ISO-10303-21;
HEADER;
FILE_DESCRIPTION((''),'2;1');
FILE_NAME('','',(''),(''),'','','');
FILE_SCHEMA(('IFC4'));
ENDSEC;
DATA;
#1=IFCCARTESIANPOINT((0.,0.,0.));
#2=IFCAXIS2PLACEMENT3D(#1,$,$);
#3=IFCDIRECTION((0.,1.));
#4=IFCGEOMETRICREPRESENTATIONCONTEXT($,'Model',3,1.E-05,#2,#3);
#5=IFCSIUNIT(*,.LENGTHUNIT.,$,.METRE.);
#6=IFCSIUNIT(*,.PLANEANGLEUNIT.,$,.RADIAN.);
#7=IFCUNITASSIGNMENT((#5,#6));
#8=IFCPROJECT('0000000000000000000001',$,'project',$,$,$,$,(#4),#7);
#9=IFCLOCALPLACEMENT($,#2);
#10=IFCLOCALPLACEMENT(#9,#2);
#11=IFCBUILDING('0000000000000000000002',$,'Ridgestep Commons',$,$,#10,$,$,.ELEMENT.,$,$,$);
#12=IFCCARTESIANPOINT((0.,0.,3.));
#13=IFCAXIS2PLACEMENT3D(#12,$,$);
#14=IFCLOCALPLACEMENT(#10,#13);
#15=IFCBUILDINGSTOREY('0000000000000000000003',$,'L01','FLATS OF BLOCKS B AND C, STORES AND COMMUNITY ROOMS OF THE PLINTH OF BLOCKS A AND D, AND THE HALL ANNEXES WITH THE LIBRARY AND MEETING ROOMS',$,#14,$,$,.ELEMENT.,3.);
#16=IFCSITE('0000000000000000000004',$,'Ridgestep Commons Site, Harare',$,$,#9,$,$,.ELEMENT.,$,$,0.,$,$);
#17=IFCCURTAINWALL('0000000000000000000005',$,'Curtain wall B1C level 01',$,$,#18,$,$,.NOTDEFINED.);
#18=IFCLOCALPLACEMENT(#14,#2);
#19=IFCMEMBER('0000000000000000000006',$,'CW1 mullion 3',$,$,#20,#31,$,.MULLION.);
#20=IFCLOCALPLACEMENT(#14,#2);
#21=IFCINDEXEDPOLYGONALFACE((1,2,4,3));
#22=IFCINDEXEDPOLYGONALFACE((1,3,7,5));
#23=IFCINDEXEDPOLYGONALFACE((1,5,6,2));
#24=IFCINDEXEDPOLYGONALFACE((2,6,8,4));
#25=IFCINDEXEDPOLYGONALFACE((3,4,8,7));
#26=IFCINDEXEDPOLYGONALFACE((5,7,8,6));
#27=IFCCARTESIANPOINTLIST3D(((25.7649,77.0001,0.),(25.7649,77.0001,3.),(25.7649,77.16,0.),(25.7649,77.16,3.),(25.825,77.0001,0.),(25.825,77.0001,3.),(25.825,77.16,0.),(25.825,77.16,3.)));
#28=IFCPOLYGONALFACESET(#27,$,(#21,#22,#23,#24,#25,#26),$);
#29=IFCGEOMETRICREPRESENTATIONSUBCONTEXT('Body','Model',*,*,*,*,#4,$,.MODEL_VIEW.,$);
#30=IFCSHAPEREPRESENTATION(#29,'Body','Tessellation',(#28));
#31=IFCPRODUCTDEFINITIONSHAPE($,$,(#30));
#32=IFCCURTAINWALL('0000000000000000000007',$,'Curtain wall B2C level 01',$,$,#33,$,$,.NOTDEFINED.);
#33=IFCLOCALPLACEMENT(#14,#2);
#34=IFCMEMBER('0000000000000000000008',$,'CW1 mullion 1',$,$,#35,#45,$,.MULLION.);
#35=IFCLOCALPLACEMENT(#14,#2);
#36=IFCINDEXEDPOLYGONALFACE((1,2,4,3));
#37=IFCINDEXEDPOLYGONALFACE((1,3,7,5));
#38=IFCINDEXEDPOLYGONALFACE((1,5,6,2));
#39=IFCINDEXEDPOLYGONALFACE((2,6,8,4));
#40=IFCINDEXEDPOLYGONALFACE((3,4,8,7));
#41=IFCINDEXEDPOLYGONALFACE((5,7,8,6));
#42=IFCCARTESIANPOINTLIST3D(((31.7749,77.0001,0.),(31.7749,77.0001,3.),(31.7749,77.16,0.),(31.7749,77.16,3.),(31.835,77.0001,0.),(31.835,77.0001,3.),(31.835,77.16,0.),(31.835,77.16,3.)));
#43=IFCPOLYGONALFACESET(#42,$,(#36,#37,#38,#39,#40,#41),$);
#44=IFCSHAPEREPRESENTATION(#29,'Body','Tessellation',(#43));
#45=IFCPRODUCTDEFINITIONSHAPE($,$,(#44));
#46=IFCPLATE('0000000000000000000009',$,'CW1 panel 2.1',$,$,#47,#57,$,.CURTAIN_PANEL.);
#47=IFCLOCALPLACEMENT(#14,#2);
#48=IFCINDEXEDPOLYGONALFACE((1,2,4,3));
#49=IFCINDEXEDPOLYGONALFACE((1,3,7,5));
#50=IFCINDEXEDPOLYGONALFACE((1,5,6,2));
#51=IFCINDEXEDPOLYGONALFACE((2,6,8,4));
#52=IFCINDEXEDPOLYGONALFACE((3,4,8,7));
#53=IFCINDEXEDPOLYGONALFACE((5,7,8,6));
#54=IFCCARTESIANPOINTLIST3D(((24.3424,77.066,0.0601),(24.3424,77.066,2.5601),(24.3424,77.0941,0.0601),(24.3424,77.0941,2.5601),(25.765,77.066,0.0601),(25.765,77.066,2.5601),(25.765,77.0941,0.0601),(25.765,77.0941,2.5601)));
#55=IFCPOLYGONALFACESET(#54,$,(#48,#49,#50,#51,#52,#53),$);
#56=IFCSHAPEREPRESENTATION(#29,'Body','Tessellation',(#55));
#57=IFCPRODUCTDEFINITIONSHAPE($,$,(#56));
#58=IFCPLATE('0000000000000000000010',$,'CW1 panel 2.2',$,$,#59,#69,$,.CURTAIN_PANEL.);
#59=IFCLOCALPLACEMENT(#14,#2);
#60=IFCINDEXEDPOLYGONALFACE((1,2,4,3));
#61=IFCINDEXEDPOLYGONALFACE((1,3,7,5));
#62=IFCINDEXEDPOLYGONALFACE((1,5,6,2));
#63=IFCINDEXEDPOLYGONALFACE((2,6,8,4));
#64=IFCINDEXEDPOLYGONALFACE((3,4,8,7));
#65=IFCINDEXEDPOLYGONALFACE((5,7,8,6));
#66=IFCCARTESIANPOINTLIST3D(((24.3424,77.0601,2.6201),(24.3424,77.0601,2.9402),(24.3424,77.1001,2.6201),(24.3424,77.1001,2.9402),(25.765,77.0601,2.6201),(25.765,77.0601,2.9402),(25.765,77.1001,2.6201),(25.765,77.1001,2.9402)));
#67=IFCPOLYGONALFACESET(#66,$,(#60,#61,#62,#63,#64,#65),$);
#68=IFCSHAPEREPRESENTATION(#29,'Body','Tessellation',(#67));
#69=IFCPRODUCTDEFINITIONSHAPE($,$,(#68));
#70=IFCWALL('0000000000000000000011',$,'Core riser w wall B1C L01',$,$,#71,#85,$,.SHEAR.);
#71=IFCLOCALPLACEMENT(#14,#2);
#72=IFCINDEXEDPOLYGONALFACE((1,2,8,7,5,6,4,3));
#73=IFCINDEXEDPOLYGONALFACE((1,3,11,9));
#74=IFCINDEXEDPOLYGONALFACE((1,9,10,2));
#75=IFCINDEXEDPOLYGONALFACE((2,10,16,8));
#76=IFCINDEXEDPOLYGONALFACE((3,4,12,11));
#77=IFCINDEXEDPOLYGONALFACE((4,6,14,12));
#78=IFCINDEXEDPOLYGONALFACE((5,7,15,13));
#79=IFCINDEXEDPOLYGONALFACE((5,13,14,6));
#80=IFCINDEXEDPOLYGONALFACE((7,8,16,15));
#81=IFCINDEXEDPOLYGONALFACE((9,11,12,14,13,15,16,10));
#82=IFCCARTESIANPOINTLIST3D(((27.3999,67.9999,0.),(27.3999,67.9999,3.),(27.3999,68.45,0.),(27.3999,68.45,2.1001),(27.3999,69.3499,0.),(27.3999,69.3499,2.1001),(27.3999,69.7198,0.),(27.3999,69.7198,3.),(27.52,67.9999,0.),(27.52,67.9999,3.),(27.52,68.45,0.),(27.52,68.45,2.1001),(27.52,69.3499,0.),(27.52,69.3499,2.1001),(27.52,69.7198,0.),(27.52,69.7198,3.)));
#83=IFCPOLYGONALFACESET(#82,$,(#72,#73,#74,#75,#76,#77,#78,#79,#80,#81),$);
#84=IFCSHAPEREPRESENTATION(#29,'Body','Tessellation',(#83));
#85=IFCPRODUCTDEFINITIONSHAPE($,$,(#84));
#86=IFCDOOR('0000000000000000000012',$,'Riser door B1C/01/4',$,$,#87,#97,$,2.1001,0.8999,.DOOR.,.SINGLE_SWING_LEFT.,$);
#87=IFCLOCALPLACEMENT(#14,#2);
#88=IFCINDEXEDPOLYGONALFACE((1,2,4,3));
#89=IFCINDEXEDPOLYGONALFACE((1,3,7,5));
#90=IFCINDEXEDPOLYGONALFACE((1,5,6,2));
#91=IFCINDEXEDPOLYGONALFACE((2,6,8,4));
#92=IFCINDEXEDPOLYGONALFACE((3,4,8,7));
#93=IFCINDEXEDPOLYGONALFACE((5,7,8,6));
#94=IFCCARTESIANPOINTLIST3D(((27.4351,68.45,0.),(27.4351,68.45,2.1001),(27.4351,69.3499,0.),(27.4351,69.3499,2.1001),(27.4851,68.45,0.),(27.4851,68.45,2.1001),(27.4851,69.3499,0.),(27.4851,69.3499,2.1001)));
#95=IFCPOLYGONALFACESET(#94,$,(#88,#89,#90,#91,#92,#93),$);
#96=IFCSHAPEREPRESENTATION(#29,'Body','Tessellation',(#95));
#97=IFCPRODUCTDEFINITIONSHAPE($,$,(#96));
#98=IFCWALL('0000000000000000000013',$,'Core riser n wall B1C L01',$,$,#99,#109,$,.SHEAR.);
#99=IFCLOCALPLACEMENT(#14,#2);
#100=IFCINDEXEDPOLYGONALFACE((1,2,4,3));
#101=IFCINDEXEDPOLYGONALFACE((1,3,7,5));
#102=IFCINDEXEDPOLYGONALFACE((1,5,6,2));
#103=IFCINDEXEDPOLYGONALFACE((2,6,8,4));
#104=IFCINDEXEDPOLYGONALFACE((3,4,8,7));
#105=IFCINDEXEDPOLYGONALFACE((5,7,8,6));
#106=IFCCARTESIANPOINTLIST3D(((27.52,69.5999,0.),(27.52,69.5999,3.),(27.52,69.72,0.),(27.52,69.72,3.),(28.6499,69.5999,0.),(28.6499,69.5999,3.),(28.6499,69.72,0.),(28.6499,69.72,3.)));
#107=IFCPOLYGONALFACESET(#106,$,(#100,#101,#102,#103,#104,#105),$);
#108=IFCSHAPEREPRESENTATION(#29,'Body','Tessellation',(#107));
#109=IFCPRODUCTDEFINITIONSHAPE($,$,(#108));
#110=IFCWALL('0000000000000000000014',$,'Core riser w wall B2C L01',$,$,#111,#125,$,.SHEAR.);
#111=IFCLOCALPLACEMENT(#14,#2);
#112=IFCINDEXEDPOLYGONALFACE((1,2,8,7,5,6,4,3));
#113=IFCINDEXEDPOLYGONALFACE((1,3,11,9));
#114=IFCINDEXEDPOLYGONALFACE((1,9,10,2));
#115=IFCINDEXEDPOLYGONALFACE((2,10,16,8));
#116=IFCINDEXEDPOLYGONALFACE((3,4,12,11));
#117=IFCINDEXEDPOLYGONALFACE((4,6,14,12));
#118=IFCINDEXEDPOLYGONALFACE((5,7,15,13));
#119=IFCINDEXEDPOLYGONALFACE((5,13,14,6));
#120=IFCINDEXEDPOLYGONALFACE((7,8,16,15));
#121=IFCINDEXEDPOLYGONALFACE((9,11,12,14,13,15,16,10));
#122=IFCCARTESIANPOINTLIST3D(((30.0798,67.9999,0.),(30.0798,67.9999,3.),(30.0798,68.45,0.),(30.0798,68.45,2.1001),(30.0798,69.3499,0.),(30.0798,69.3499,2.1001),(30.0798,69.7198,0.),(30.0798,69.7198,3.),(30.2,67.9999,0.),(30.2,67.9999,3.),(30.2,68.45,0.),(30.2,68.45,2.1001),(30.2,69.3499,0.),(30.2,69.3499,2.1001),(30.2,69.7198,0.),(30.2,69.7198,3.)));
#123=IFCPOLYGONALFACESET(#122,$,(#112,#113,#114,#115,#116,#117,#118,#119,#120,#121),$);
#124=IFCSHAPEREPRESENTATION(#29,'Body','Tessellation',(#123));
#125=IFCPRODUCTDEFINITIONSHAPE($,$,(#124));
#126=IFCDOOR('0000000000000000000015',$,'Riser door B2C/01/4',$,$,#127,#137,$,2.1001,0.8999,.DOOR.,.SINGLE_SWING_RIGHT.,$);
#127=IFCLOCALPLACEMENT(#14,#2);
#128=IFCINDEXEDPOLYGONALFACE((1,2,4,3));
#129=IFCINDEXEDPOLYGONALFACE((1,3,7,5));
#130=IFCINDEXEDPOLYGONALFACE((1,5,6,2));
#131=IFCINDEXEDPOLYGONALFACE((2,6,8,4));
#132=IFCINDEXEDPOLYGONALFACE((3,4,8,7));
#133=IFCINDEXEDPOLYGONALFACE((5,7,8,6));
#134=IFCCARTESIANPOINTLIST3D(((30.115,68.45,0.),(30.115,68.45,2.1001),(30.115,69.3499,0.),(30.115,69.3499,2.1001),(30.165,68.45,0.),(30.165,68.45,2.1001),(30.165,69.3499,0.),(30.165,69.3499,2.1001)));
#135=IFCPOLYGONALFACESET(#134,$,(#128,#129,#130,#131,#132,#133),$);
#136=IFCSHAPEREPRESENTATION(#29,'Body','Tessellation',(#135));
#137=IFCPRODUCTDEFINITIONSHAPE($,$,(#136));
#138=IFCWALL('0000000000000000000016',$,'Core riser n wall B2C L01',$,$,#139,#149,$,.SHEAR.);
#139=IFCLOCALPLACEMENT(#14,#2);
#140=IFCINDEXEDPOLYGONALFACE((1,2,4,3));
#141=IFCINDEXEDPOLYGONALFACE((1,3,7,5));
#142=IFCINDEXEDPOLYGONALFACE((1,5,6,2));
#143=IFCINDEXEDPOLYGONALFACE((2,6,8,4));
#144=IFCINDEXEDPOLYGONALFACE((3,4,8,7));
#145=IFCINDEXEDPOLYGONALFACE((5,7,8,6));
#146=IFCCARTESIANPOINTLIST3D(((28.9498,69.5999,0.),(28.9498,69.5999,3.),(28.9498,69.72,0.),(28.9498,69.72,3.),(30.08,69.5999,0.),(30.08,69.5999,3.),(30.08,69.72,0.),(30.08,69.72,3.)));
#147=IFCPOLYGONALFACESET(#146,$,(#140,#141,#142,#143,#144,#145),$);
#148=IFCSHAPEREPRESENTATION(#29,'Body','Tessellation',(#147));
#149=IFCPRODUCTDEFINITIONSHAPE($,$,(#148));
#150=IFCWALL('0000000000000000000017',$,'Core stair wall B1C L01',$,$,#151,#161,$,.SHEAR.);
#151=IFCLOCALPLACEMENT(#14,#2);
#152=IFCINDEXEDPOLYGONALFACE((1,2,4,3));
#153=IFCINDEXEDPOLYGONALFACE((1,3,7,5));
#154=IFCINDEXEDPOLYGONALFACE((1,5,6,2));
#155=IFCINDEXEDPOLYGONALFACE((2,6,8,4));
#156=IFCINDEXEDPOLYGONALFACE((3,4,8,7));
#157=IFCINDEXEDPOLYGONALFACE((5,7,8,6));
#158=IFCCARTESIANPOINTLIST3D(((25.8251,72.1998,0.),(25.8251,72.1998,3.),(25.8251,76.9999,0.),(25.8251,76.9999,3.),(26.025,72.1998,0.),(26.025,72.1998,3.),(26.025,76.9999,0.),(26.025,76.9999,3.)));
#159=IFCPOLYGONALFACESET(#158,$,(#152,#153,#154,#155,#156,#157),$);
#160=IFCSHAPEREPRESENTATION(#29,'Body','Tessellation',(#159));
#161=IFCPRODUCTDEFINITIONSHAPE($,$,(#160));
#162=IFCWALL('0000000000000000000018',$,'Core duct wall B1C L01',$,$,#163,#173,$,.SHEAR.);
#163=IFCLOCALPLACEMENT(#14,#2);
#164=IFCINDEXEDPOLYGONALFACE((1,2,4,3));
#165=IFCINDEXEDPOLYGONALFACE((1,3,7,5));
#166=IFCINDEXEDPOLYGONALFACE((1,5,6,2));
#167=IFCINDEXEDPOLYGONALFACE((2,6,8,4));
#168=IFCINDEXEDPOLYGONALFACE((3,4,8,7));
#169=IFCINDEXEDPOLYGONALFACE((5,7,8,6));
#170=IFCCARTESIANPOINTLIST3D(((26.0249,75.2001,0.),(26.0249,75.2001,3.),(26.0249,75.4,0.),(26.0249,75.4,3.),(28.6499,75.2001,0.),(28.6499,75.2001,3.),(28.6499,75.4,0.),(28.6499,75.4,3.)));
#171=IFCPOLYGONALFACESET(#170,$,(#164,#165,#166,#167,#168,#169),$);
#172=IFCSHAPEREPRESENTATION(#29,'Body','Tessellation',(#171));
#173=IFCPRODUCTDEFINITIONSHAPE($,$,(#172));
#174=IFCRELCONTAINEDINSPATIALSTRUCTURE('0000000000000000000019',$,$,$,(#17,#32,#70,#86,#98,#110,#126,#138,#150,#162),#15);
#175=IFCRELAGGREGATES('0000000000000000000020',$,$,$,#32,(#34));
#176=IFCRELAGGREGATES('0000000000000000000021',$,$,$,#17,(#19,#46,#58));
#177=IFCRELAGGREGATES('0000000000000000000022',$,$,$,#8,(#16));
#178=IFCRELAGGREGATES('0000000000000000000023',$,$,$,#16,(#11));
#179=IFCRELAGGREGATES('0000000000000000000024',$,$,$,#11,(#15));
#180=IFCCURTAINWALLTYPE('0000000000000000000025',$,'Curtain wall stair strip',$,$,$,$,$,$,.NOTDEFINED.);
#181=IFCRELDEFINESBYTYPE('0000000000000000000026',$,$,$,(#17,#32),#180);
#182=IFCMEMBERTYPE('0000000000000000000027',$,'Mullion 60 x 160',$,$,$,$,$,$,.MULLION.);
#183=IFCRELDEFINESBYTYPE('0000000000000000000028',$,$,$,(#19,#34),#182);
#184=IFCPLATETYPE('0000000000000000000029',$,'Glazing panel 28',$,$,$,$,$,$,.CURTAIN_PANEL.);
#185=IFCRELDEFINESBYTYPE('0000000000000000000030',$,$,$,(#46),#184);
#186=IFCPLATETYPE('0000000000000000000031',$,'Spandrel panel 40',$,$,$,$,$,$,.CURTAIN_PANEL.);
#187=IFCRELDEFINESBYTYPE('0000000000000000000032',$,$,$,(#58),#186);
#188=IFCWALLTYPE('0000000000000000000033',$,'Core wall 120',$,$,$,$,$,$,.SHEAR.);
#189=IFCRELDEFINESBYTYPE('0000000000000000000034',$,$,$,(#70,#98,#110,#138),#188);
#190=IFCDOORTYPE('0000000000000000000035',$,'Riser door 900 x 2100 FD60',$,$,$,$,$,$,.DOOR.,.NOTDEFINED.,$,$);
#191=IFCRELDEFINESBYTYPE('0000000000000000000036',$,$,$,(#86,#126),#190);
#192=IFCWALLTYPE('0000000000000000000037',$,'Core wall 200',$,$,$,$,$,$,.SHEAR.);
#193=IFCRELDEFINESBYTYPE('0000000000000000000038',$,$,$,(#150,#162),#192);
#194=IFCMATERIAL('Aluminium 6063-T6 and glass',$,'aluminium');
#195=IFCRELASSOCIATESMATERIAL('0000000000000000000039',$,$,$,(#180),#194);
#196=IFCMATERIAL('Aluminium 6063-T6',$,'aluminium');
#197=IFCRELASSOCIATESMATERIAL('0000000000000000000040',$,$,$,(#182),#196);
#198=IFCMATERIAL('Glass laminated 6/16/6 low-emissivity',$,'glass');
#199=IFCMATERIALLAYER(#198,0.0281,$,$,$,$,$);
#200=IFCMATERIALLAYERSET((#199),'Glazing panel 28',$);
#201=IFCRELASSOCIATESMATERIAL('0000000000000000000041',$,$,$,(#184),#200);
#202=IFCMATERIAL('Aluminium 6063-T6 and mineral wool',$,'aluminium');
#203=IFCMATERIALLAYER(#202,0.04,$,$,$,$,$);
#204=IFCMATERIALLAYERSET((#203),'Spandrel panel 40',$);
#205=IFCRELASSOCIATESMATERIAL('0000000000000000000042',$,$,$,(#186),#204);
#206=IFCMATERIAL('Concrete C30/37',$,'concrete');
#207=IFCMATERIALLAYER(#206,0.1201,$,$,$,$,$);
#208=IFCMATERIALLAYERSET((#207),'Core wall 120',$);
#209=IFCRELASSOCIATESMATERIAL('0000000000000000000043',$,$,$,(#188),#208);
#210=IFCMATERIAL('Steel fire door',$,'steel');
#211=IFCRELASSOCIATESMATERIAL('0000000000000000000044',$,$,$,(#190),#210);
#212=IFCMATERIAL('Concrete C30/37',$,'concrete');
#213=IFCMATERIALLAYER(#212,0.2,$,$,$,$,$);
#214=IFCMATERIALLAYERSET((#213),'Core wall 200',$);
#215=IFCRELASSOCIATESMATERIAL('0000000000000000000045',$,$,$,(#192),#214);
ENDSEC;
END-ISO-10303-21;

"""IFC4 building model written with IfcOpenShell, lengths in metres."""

from ifc_helpers import new_model, si_unit, direction, frame, frame_2d, origin, origin_2d, place, context, subcontext, project, spatial, rectangle, extrude, material, layer, layer_set, material_profile, profile_set, type_object, element, fill, aggregate, save


model = new_model("IFC4")

# Units and contexts
model_context = context("Model", 3, precision=1e-05, world=origin(), true_north=direction((0.0, 1.0)))
body_context = subcontext(model_context, "Body", "Model", "MODEL_VIEW")
ifc_project = project(units=[si_unit("LENGTHUNIT", "METRE"), si_unit("PLANEANGLEUNIT", "RADIAN")], contexts=[model_context])

# Site, building, storey
site_placement = place(None, origin())
site = spatial("IfcSite", under=ifc_project, at=site_placement, Name="Ridgestep Commons Site, Harare", CompositionType="ELEMENT", RefElevation=0.0)
building_placement = place(site_placement, origin())
building = spatial("IfcBuilding", under=site, at=building_placement, Name="Ridgestep Commons", CompositionType="ELEMENT")
storey_placement = place(building_placement, frame((0.0, 0.0, 3.0)))
storey = spatial("IfcBuildingStorey", under=building, at=storey_placement, Name="L01", Description="FLATS OF BLOCKS B AND C, STORES AND COMMUNITY ROOMS OF THE PLINTH OF BLOCKS A AND D, AND THE HALL ANNEXES WITH THE LIBRARY AND MEETING ROOMS", CompositionType="ELEMENT", Elevation=3.0)

# Curtain walls, members
ifc_material_1 = material(Name="Aluminium 6063-T6 and glass", Category="aluminium")
curtain_wall_type = type_object("IfcCurtainWallType", Name="Curtain wall stair strip", PredefinedType="NOTDEFINED", material=ifc_material_1)
curtain_wall_1_placement = place(storey_placement, origin())
curtain_wall_1 = element("IfcCurtainWall", 1, at=curtain_wall_1_placement, inside=storey, type_object=curtain_wall_type, Name="Curtain wall B1C level 01", PredefinedType="NOTDEFINED")
ifc_material_2 = material(Name="Aluminium 6063-T6", Category="aluminium")
ifc_material_profile = material_profile(ifc_material_2, rectangle(XDim=0.1599, YDim=0.0601, at=origin_2d()), Name="Mullion 60 x 160")
ifc_profile_set = profile_set([ifc_material_profile], Name="Aluminium 6063-T6")
member_type = type_object("IfcMemberType", Name="Mullion 60 x 160", PredefinedType="MULLION", material=ifc_profile_set)
member_1_placement = place(storey_placement, frame((25.7949, 77.0801, 0.0), z_axis=(0.0, 0.0, 1.0), x_axis=(0.0, 1.0, 0.0)))
member_1 = element("IfcMember", 2, at=member_1_placement, type_object=member_type, Name="CW1 mullion 3", PredefinedType="MULLION", context=body_context, shape_type="SweptSolid", body=[
    extrude(rectangle(XDim=0.1599, YDim=0.0601, at=origin_2d()), origin(), (0.0, 0.0, 1.0), 3.0),
])
curtain_wall_2_placement = place(storey_placement, origin())
curtain_wall_2 = element("IfcCurtainWall", 3, at=curtain_wall_2_placement, inside=storey, type_object=curtain_wall_type, Name="Curtain wall B2C level 01", PredefinedType="NOTDEFINED")
member_2_placement = place(storey_placement, frame((31.8049, 77.0801, 0.0), z_axis=(0.0, 0.0, 1.0), x_axis=(0.0, 1.0, 0.0)))
member_2 = element("IfcMember", 4, at=member_2_placement, type_object=member_type, Name="CW1 mullion 1", PredefinedType="MULLION", context=body_context, shape_type="SweptSolid", body=[
    extrude(rectangle(XDim=0.1599, YDim=0.0601, at=origin_2d()), origin(), (0.0, 0.0, 1.0), 3.0),
])
aggregate(curtain_wall_2, [member_2])

# Plates
ifc_material_3 = material(Name="Glass laminated 6/16/6 low-emissivity", Category="glass")
ifc_layer_1 = layer(ifc_material_3, 0.0281)
ifc_layer_set_1 = layer_set([ifc_layer_1], Name="Glazing panel 28")
plate_type_1 = type_object("IfcPlateType", Name="Glazing panel 28", PredefinedType="CURTAIN_PANEL", material=ifc_layer_set_1)
plate_1_placement = place(storey_placement, frame((25.0537, 77.0801, 0.0601), z_axis=(0.0, 0.0, 1.0), x_axis=(1.0, 0.0, 0.0)))
plate_1 = element("IfcPlate", 5, at=plate_1_placement, type_object=plate_type_1, Name="CW1 panel 2.1", PredefinedType="CURTAIN_PANEL", context=body_context, shape_type="SweptSolid", body=[
    extrude(rectangle(XDim=1.4226, YDim=0.0281, at=origin_2d()), origin(), (0.0, 0.0, 1.0), 2.5),
])
ifc_material_4 = material(Name="Aluminium 6063-T6 and mineral wool", Category="aluminium")
ifc_layer_2 = layer(ifc_material_4, 0.04)
ifc_layer_set_2 = layer_set([ifc_layer_2], Name="Spandrel panel 40")
plate_type_2 = type_object("IfcPlateType", Name="Spandrel panel 40", PredefinedType="CURTAIN_PANEL", material=ifc_layer_set_2)
plate_2_placement = place(storey_placement, frame((25.0537, 77.0801, 2.6201), z_axis=(0.0, 0.0, 1.0), x_axis=(1.0, 0.0, 0.0)))
plate_2 = element("IfcPlate", 6, at=plate_2_placement, type_object=plate_type_2, Name="CW1 panel 2.2", PredefinedType="CURTAIN_PANEL", context=body_context, shape_type="SweptSolid", body=[
    extrude(rectangle(XDim=1.4226, YDim=0.04, at=origin_2d()), origin(), (0.0, 0.0, 1.0), 0.3201),
])
aggregate(curtain_wall_1, [member_1, plate_1, plate_2])

# Wall, opening, door
ifc_material_5 = material(Name="Concrete C30/37", Category="concrete")
ifc_layer_3 = layer(ifc_material_5, 0.1201)
ifc_layer_set_3 = layer_set([ifc_layer_3], Name="Core wall 120")
wall_type_1 = type_object("IfcWallType", Name="Core wall 120", PredefinedType="SHEAR", material=ifc_layer_set_3)
wall_1_placement = place(storey_placement, frame((27.46, 68.0, 0.0), z_axis=(0.0, 0.0, 1.0), x_axis=(0.0, 1.0, 0.0)))
wall_1 = element("IfcWall", 7, at=wall_1_placement, inside=storey, type_object=wall_type_1, Name="Core riser w wall B1C L01", PredefinedType="SHEAR", context=body_context, shape_type="SweptSolid", body=[
    extrude(rectangle(XDim=1.72, YDim=0.1201, at=frame_2d((0.8599, 0.0))), origin(), (0.0, 0.0, 1.0), 3.0),
])
opening_1_placement = place(wall_1_placement, frame((0.45, 0.0, 0.0)))
opening_1 = element("IfcOpeningElement", 8, at=opening_1_placement, cuts=wall_1, PredefinedType="OPENING", context=body_context, shape_type="SweptSolid", body=[
    extrude(rectangle(XDim=0.8999, YDim=2.1001, at=frame_2d((0.45, 1.05))), frame((0.0, 0.0701, 0.0), z_axis=(0.0, -1.0, 0.0), x_axis=(1.0, 0.0, 0.0)), (0.0, 0.0, 1.0), 0.1401),
])
ifc_material_6 = material(Name="Steel fire door", Category="steel")
door_type_1 = type_object("IfcDoorType", Name="Riser door 900 x 2100 FD60", OperationType="NOTDEFINED", PredefinedType="DOOR", material=ifc_material_6)
door_1_placement = place(opening_1_placement, origin())
door_1 = element("IfcDoor", 9, at=door_1_placement, inside=storey, type_object=door_type_1, Name="Riser door B1C/01/4", OperationType="SINGLE_SWING_LEFT", OverallHeight=2.1001, OverallWidth=0.8999, PredefinedType="DOOR", context=body_context, shape_type="SweptSolid", body=[
    extrude(rectangle(XDim=0.8999, YDim=2.1001, at=frame_2d((0.45, 1.05))), frame((0.0, 0.0249, 0.0), z_axis=(0.0, -1.0, 0.0), x_axis=(1.0, 0.0, 0.0)), (0.0, 0.0, 1.0), 0.05),
])
fill(opening_1, door_1)

# Wall
wall_2_placement = place(storey_placement, frame((27.52, 69.6599, 0.0), z_axis=(0.0, 0.0, 1.0), x_axis=(1.0, 0.0, 0.0)))
element("IfcWall", 10, at=wall_2_placement, inside=storey, type_object=wall_type_1, Name="Core riser n wall B1C L01", PredefinedType="SHEAR", context=body_context, shape_type="SweptSolid", body=[
    extrude(rectangle(XDim=1.1299, YDim=0.1201, at=frame_2d((0.5649, 0.0))), origin(), (0.0, 0.0, 1.0), 3.0),
])

# Wall, opening, door
wall_3_placement = place(storey_placement, frame((30.1399, 68.0, 0.0), z_axis=(0.0, 0.0, 1.0), x_axis=(0.0, 1.0, 0.0)))
wall_3 = element("IfcWall", 11, at=wall_3_placement, inside=storey, type_object=wall_type_1, Name="Core riser w wall B2C L01", PredefinedType="SHEAR", context=body_context, shape_type="SweptSolid", body=[
    extrude(rectangle(XDim=1.72, YDim=0.1201, at=frame_2d((0.8599, 0.0))), origin(), (0.0, 0.0, 1.0), 3.0),
])
opening_2_placement = place(wall_3_placement, frame((0.45, 0.0, 0.0)))
opening_2 = element("IfcOpeningElement", 12, at=opening_2_placement, cuts=wall_3, PredefinedType="OPENING", context=body_context, shape_type="SweptSolid", body=[
    extrude(rectangle(XDim=0.8999, YDim=2.1001, at=frame_2d((0.45, 1.05))), frame((0.0, 0.0701, 0.0), z_axis=(0.0, -1.0, 0.0), x_axis=(1.0, 0.0, 0.0)), (0.0, 0.0, 1.0), 0.1401),
])
door_2_placement = place(opening_2_placement, origin())
door_2 = element("IfcDoor", 13, at=door_2_placement, inside=storey, type_object=door_type_1, Name="Riser door B2C/01/4", OperationType="SINGLE_SWING_RIGHT", OverallHeight=2.1001, OverallWidth=0.8999, PredefinedType="DOOR", context=body_context, shape_type="SweptSolid", body=[
    extrude(rectangle(XDim=0.8999, YDim=2.1001, at=frame_2d((0.45, 1.05))), frame((0.0, 0.0249, 0.0), z_axis=(0.0, -1.0, 0.0), x_axis=(1.0, 0.0, 0.0)), (0.0, 0.0, 1.0), 0.05),
])
fill(opening_2, door_2)

# Walls
wall_4_placement = place(storey_placement, frame((28.95, 69.6599, 0.0), z_axis=(0.0, 0.0, 1.0), x_axis=(1.0, 0.0, 0.0)))
element("IfcWall", 14, at=wall_4_placement, inside=storey, type_object=wall_type_1, Name="Core riser n wall B2C L01", PredefinedType="SHEAR", context=body_context, shape_type="SweptSolid", body=[
    extrude(rectangle(XDim=1.1301, YDim=0.1201, at=frame_2d((0.5649, 0.0))), origin(), (0.0, 0.0, 1.0), 3.0),
])
ifc_material_7 = material(Name="Concrete C30/37", Category="concrete")
ifc_layer_4 = layer(ifc_material_7, 0.2)
ifc_layer_set_4 = layer_set([ifc_layer_4], Name="Core wall 200")
wall_type_2 = type_object("IfcWallType", Name="Core wall 200", PredefinedType="SHEAR", material=ifc_layer_set_4)
wall_5_placement = place(storey_placement, frame((25.925, 72.2, 0.0), z_axis=(0.0, 0.0, 1.0), x_axis=(0.0, 1.0, 0.0)))
element("IfcWall", 15, at=wall_5_placement, inside=storey, type_object=wall_type_2, Name="Core stair wall B1C L01", PredefinedType="SHEAR", context=body_context, shape_type="SweptSolid", body=[
    extrude(rectangle(XDim=4.8, YDim=0.2, at=frame_2d((2.3999, 0.0))), origin(), (0.0, 0.0, 1.0), 3.0),
])
wall_6_placement = place(storey_placement, frame((26.0249, 75.3, 0.0), z_axis=(0.0, 0.0, 1.0), x_axis=(1.0, 0.0, 0.0)))
element("IfcWall", 16, at=wall_6_placement, inside=storey, type_object=wall_type_2, Name="Core duct wall B1C L01", PredefinedType="SHEAR", context=body_context, shape_type="SweptSolid", body=[
    extrude(rectangle(XDim=2.625, YDim=0.2, at=frame_2d((1.3125, 0.0))), origin(), (0.0, 0.0, 1.0), 3.0),
])

save(model, "model.ifc")
